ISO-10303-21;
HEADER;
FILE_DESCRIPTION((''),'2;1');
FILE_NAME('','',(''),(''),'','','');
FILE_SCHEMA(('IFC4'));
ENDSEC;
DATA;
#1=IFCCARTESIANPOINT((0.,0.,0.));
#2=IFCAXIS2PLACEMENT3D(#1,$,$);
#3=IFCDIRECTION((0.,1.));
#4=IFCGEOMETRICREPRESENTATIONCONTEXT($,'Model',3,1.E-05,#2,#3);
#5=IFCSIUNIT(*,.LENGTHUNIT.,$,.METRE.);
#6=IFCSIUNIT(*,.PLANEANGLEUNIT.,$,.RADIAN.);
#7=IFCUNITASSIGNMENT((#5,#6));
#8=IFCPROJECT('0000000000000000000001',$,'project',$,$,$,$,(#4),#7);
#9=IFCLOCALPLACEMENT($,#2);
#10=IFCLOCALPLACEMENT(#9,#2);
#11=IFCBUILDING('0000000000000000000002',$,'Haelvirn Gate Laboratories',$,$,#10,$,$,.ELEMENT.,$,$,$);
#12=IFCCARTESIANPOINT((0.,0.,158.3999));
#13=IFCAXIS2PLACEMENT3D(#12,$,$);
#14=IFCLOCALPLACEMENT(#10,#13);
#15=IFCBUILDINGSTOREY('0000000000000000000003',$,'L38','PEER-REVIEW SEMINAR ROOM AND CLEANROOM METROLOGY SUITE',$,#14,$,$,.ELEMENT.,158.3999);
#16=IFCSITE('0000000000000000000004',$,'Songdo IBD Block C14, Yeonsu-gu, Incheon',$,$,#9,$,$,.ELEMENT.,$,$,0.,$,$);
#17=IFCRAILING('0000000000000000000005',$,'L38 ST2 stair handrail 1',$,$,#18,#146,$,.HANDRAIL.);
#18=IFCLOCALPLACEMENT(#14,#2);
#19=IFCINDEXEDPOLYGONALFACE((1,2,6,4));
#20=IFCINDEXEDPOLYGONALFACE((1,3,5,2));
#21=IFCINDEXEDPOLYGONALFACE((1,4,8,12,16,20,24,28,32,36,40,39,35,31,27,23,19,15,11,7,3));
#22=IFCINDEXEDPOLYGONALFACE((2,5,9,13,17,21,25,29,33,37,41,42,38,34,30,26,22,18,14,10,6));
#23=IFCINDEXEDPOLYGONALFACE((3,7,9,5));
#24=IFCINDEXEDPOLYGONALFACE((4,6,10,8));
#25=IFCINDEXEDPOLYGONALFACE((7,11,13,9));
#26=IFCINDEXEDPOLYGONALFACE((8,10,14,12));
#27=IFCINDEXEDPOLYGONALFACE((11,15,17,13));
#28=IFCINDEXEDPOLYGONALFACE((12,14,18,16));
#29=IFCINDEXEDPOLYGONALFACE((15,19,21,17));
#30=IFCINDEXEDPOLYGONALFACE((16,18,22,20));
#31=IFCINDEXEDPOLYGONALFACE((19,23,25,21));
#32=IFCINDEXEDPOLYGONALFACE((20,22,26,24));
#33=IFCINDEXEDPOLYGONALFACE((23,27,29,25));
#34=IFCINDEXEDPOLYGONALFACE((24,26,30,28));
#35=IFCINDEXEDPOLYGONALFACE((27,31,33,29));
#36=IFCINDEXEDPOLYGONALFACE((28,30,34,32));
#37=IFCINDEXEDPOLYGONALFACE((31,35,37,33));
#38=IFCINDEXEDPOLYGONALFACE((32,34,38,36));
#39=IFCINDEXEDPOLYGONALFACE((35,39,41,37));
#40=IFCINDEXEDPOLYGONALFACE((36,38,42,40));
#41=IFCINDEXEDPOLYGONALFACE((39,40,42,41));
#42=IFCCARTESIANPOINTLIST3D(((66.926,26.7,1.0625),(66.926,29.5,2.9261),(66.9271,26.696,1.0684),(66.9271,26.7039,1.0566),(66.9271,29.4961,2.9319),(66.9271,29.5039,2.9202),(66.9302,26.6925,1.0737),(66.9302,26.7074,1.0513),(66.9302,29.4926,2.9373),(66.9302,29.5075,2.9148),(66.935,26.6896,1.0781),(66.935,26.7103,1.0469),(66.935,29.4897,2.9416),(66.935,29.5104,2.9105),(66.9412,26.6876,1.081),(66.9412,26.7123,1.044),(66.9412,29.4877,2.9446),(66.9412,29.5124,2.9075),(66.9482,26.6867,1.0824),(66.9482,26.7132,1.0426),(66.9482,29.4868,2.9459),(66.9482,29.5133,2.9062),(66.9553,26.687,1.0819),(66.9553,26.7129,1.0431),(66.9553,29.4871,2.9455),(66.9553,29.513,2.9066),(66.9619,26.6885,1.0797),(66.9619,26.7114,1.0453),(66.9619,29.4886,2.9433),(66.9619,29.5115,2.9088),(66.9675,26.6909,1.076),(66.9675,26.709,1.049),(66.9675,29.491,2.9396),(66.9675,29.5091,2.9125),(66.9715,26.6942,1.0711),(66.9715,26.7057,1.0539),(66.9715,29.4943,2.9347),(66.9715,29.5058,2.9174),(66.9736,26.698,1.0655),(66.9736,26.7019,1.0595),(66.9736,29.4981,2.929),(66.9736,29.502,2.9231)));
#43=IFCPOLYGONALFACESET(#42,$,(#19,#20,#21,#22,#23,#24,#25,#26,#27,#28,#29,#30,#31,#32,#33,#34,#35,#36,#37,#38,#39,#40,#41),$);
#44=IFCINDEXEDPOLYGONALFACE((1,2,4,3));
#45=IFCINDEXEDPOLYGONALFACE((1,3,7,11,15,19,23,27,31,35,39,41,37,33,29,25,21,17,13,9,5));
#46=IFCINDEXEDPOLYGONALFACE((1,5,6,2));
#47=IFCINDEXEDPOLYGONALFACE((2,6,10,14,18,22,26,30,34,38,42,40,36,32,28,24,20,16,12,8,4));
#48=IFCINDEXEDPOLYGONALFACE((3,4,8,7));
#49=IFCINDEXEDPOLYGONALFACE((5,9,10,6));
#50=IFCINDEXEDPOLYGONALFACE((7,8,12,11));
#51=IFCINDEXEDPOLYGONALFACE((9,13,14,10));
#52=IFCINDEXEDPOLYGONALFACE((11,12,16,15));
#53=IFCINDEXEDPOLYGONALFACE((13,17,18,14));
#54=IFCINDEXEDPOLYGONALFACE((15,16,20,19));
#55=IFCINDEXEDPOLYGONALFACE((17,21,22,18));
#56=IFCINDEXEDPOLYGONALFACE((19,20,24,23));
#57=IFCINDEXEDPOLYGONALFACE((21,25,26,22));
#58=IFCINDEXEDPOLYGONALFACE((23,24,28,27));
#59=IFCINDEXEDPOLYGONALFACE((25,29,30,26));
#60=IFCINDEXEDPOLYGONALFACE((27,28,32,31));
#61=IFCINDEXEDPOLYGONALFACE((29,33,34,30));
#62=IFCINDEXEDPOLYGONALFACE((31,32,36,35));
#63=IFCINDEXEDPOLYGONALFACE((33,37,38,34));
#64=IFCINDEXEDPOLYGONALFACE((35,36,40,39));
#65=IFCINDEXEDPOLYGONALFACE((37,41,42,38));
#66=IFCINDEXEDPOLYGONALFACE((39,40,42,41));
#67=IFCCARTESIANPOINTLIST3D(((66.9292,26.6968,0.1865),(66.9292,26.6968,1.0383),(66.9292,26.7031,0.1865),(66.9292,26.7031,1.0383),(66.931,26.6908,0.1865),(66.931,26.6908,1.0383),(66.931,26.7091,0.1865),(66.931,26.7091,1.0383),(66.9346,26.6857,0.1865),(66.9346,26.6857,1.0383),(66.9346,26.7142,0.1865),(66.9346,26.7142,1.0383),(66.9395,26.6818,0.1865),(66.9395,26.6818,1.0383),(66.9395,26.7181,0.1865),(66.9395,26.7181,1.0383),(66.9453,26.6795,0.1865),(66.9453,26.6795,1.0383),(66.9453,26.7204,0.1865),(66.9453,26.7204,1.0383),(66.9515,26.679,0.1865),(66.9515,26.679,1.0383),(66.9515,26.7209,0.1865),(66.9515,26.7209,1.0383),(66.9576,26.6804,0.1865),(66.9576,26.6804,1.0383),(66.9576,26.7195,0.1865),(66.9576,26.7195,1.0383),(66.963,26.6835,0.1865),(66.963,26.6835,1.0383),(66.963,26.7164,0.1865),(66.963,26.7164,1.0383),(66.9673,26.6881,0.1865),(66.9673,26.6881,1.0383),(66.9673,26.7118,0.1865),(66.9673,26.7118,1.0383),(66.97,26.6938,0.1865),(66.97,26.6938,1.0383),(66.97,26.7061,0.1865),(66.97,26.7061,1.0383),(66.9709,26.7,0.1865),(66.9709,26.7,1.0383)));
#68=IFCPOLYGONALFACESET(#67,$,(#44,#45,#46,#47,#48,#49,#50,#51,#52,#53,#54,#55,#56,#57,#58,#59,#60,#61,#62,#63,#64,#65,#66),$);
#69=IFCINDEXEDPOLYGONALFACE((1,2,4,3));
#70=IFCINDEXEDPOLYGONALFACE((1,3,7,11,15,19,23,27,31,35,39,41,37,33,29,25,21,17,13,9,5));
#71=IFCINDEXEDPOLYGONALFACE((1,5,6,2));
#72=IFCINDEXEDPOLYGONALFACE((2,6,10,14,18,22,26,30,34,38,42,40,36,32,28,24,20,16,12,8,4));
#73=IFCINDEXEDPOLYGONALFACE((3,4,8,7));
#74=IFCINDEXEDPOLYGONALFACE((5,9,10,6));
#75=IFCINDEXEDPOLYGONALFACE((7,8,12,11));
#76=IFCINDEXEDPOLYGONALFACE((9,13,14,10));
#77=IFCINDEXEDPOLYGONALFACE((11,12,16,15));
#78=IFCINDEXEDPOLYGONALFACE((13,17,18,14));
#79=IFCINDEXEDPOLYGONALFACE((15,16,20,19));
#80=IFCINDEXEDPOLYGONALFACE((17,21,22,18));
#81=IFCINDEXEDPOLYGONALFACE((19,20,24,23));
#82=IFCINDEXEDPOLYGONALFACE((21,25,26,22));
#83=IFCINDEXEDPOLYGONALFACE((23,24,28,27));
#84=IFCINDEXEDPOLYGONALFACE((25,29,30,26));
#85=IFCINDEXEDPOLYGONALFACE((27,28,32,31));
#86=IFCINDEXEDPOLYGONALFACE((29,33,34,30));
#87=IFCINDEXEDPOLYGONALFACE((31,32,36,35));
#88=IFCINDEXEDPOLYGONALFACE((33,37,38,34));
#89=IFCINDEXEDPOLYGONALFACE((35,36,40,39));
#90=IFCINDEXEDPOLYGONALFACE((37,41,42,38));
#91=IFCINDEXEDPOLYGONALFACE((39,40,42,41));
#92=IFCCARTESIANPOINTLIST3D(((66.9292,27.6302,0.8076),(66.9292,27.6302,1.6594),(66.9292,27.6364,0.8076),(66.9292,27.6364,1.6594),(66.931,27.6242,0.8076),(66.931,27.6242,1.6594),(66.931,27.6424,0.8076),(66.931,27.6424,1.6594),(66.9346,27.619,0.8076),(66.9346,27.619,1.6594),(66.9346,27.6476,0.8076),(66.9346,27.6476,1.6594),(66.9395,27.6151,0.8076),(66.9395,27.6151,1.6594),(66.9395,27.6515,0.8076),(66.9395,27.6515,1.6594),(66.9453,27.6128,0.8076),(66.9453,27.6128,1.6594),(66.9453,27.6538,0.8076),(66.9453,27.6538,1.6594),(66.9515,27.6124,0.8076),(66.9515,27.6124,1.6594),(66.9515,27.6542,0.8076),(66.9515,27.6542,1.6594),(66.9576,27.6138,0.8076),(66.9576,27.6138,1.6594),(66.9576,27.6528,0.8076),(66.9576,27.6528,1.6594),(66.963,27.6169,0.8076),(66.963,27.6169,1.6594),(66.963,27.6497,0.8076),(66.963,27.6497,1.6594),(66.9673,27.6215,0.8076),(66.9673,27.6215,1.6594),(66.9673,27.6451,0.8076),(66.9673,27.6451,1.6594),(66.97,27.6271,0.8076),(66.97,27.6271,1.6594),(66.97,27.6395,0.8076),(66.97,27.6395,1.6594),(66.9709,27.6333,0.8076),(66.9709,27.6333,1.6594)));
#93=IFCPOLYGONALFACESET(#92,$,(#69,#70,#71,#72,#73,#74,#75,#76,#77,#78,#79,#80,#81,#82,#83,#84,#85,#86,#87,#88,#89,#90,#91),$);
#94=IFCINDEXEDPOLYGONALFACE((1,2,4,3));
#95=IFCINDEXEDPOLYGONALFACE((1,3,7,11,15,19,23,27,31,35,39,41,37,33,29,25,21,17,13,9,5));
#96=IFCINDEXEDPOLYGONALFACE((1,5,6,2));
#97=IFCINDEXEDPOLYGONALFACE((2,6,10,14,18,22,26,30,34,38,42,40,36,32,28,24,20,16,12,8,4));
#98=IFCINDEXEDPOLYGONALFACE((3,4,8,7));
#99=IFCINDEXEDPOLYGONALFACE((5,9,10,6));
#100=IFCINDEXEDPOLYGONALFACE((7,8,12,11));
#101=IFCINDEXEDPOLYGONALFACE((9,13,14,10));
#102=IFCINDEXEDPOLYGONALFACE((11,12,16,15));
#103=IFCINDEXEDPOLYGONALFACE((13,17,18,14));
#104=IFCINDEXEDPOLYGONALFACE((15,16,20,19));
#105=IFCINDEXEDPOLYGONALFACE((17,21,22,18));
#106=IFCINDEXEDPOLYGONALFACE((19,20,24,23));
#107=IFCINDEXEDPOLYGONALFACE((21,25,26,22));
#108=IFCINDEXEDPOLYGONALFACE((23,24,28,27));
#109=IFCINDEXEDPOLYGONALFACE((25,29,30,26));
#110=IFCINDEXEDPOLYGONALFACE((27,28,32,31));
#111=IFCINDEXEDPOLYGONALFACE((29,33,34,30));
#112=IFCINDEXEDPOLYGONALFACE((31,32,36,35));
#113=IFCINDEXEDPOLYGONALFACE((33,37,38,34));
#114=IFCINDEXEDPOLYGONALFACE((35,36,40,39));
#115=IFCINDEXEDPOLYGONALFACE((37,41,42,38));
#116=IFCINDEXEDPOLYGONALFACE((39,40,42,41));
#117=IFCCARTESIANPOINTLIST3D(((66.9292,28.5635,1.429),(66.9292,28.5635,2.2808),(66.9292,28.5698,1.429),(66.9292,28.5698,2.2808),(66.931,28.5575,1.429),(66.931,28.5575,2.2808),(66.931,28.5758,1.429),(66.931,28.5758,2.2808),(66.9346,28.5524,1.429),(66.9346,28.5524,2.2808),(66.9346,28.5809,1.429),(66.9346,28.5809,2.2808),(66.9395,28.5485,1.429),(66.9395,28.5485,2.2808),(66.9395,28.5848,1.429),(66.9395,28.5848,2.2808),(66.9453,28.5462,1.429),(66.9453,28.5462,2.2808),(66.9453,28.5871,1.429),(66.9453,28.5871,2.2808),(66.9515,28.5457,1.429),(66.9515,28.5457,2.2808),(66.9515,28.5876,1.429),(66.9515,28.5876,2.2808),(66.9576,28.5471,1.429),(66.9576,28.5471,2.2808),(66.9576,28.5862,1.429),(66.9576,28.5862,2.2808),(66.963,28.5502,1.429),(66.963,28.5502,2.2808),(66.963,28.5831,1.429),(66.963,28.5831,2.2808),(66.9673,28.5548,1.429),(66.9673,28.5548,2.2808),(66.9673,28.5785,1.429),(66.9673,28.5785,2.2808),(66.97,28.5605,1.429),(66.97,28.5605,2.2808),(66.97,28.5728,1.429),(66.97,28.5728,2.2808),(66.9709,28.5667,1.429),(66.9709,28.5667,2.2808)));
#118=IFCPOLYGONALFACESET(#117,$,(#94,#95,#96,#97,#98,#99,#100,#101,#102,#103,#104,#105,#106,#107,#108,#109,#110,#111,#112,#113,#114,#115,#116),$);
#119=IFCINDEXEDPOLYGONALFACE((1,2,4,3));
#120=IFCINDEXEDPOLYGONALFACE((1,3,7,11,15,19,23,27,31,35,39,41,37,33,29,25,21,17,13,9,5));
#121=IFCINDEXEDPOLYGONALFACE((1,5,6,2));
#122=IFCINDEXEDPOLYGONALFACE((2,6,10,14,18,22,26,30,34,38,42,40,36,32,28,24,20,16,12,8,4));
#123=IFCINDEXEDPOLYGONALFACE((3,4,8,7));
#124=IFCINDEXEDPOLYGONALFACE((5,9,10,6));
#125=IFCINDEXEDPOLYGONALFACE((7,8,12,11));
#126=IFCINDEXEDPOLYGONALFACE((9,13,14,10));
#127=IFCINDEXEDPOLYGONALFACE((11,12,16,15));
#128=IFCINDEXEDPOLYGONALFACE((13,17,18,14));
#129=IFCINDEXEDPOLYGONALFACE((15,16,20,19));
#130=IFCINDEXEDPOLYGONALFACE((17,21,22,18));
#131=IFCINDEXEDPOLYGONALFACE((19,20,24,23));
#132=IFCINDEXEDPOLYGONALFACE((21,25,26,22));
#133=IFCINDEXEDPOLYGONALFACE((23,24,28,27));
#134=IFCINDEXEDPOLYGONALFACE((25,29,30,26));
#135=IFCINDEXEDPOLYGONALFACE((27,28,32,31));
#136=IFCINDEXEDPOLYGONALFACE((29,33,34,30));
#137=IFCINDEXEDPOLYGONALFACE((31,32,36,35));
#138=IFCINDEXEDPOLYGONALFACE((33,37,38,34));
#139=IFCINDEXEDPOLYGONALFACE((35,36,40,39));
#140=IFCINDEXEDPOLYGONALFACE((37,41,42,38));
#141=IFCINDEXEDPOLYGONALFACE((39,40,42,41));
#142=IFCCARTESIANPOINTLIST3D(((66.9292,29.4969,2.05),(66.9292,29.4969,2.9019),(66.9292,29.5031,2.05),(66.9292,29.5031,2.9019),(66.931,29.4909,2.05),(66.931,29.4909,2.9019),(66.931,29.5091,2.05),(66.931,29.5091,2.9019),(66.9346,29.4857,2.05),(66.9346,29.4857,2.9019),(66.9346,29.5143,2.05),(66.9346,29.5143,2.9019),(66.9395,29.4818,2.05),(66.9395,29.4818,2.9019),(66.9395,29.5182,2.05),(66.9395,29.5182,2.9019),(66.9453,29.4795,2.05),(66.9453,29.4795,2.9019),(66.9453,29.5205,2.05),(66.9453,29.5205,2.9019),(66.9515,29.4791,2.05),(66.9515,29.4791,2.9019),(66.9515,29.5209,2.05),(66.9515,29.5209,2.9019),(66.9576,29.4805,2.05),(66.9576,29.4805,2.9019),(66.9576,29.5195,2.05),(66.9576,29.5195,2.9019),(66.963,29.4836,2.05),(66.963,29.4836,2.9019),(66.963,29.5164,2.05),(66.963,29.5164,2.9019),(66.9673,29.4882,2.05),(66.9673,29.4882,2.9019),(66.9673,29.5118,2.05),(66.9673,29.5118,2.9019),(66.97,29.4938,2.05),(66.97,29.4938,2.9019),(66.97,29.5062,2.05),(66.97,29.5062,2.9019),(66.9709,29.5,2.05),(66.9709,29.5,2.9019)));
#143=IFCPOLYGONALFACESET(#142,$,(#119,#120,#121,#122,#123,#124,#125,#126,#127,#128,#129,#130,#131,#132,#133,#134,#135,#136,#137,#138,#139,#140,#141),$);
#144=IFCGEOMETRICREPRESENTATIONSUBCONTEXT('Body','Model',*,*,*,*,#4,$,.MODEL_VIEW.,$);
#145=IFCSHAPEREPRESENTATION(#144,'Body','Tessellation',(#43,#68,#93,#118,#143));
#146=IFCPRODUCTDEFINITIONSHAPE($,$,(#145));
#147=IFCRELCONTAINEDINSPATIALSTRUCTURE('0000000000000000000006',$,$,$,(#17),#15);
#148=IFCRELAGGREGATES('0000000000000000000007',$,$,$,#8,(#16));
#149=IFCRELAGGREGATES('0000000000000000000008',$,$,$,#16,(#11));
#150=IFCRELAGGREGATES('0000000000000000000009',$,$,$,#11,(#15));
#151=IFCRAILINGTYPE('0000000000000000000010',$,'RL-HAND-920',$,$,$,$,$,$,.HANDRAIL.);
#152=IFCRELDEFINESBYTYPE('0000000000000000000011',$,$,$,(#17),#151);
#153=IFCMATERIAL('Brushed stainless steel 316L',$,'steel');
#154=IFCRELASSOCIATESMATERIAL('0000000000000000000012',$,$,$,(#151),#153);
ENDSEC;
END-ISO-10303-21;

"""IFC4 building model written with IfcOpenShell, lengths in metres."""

from ifc_helpers import new_model, si_unit, direction, frame, origin, origin_2d, place, context, subcontext, project, spatial, circle, extrude, source, transform, mapped, material, type_object, element, save


model = new_model("IFC4")

# Units and contexts
model_context = context("Model", 3, precision=1e-05, world=origin(), true_north=direction((0.0, 1.0)))
body_context = subcontext(model_context, "Body", "Model", "MODEL_VIEW")
ifc_project = project(units=[si_unit("LENGTHUNIT", "METRE"), si_unit("PLANEANGLEUNIT", "RADIAN")], contexts=[model_context])

# Site, building, storey
site_placement = place(None, origin())
site = spatial("IfcSite", under=ifc_project, at=site_placement, Name="Songdo IBD Block C14, Yeonsu-gu, Incheon", CompositionType="ELEMENT", RefElevation=0.0)
building_placement = place(site_placement, origin())
building = spatial("IfcBuilding", under=site, at=building_placement, Name="Haelvirn Gate Laboratories", CompositionType="ELEMENT")
storey_placement = place(building_placement, frame((0.0, 0.0, 158.3999)))
storey = spatial("IfcBuildingStorey", under=building, at=storey_placement, Name="L38", Description="PEER-REVIEW SEMINAR ROOM AND CLEANROOM METROLOGY SUITE", CompositionType="ELEMENT", Elevation=158.3999)

# Railing
ifc_material_1 = material(Name="Brushed stainless steel 316L", Category="steel")
railing_type_1 = type_object("IfcRailingType", Name="RL-HAND-920", PredefinedType="HANDRAIL", material=ifc_material_1)
shared_shape_1 = source(origin(), body_context, "Body", "SweptSolid", [
    extrude(circle(Radius=0.0239, at=origin_2d()), frame((0.0, 0.0, 0.876), z_axis=(0.0, 0.832486, 0.554047), x_axis=(-1.0, 0.0, 0.0)), (0.0, 0.0, 1.0), 3.3635),
    extrude(circle(Radius=0.021, at=origin_2d()), origin(), (0.0, 0.0, 1.0), 0.8518),
    extrude(circle(Radius=0.021, at=origin_2d()), frame((0.0, 0.9333, 0.6211)), (0.0, 0.0, 1.0), 0.8518),
    extrude(circle(Radius=0.021, at=origin_2d()), frame((0.0, 1.8667, 1.2424)), (0.0, 0.0, 1.0), 0.8518),
    extrude(circle(Radius=0.021, at=origin_2d()), frame((0.0, 2.8, 1.8635)), (0.0, 0.0, 1.0), 0.8518),
])
railing_1_placement = place(storey_placement, frame((66.95, 26.7, 0.1865)))
element("IfcRailing", 1, at=railing_1_placement, inside=storey, type_object=railing_type_1, Name="L38 ST2 stair handrail 1", PredefinedType="HANDRAIL", context=body_context, shape_type="MappedRepresentation", body=[
    mapped(shared_shape_1, transform((0.0, 0.0, 0.0), scale=1.0)),
])

save(model, "model.ifc")
